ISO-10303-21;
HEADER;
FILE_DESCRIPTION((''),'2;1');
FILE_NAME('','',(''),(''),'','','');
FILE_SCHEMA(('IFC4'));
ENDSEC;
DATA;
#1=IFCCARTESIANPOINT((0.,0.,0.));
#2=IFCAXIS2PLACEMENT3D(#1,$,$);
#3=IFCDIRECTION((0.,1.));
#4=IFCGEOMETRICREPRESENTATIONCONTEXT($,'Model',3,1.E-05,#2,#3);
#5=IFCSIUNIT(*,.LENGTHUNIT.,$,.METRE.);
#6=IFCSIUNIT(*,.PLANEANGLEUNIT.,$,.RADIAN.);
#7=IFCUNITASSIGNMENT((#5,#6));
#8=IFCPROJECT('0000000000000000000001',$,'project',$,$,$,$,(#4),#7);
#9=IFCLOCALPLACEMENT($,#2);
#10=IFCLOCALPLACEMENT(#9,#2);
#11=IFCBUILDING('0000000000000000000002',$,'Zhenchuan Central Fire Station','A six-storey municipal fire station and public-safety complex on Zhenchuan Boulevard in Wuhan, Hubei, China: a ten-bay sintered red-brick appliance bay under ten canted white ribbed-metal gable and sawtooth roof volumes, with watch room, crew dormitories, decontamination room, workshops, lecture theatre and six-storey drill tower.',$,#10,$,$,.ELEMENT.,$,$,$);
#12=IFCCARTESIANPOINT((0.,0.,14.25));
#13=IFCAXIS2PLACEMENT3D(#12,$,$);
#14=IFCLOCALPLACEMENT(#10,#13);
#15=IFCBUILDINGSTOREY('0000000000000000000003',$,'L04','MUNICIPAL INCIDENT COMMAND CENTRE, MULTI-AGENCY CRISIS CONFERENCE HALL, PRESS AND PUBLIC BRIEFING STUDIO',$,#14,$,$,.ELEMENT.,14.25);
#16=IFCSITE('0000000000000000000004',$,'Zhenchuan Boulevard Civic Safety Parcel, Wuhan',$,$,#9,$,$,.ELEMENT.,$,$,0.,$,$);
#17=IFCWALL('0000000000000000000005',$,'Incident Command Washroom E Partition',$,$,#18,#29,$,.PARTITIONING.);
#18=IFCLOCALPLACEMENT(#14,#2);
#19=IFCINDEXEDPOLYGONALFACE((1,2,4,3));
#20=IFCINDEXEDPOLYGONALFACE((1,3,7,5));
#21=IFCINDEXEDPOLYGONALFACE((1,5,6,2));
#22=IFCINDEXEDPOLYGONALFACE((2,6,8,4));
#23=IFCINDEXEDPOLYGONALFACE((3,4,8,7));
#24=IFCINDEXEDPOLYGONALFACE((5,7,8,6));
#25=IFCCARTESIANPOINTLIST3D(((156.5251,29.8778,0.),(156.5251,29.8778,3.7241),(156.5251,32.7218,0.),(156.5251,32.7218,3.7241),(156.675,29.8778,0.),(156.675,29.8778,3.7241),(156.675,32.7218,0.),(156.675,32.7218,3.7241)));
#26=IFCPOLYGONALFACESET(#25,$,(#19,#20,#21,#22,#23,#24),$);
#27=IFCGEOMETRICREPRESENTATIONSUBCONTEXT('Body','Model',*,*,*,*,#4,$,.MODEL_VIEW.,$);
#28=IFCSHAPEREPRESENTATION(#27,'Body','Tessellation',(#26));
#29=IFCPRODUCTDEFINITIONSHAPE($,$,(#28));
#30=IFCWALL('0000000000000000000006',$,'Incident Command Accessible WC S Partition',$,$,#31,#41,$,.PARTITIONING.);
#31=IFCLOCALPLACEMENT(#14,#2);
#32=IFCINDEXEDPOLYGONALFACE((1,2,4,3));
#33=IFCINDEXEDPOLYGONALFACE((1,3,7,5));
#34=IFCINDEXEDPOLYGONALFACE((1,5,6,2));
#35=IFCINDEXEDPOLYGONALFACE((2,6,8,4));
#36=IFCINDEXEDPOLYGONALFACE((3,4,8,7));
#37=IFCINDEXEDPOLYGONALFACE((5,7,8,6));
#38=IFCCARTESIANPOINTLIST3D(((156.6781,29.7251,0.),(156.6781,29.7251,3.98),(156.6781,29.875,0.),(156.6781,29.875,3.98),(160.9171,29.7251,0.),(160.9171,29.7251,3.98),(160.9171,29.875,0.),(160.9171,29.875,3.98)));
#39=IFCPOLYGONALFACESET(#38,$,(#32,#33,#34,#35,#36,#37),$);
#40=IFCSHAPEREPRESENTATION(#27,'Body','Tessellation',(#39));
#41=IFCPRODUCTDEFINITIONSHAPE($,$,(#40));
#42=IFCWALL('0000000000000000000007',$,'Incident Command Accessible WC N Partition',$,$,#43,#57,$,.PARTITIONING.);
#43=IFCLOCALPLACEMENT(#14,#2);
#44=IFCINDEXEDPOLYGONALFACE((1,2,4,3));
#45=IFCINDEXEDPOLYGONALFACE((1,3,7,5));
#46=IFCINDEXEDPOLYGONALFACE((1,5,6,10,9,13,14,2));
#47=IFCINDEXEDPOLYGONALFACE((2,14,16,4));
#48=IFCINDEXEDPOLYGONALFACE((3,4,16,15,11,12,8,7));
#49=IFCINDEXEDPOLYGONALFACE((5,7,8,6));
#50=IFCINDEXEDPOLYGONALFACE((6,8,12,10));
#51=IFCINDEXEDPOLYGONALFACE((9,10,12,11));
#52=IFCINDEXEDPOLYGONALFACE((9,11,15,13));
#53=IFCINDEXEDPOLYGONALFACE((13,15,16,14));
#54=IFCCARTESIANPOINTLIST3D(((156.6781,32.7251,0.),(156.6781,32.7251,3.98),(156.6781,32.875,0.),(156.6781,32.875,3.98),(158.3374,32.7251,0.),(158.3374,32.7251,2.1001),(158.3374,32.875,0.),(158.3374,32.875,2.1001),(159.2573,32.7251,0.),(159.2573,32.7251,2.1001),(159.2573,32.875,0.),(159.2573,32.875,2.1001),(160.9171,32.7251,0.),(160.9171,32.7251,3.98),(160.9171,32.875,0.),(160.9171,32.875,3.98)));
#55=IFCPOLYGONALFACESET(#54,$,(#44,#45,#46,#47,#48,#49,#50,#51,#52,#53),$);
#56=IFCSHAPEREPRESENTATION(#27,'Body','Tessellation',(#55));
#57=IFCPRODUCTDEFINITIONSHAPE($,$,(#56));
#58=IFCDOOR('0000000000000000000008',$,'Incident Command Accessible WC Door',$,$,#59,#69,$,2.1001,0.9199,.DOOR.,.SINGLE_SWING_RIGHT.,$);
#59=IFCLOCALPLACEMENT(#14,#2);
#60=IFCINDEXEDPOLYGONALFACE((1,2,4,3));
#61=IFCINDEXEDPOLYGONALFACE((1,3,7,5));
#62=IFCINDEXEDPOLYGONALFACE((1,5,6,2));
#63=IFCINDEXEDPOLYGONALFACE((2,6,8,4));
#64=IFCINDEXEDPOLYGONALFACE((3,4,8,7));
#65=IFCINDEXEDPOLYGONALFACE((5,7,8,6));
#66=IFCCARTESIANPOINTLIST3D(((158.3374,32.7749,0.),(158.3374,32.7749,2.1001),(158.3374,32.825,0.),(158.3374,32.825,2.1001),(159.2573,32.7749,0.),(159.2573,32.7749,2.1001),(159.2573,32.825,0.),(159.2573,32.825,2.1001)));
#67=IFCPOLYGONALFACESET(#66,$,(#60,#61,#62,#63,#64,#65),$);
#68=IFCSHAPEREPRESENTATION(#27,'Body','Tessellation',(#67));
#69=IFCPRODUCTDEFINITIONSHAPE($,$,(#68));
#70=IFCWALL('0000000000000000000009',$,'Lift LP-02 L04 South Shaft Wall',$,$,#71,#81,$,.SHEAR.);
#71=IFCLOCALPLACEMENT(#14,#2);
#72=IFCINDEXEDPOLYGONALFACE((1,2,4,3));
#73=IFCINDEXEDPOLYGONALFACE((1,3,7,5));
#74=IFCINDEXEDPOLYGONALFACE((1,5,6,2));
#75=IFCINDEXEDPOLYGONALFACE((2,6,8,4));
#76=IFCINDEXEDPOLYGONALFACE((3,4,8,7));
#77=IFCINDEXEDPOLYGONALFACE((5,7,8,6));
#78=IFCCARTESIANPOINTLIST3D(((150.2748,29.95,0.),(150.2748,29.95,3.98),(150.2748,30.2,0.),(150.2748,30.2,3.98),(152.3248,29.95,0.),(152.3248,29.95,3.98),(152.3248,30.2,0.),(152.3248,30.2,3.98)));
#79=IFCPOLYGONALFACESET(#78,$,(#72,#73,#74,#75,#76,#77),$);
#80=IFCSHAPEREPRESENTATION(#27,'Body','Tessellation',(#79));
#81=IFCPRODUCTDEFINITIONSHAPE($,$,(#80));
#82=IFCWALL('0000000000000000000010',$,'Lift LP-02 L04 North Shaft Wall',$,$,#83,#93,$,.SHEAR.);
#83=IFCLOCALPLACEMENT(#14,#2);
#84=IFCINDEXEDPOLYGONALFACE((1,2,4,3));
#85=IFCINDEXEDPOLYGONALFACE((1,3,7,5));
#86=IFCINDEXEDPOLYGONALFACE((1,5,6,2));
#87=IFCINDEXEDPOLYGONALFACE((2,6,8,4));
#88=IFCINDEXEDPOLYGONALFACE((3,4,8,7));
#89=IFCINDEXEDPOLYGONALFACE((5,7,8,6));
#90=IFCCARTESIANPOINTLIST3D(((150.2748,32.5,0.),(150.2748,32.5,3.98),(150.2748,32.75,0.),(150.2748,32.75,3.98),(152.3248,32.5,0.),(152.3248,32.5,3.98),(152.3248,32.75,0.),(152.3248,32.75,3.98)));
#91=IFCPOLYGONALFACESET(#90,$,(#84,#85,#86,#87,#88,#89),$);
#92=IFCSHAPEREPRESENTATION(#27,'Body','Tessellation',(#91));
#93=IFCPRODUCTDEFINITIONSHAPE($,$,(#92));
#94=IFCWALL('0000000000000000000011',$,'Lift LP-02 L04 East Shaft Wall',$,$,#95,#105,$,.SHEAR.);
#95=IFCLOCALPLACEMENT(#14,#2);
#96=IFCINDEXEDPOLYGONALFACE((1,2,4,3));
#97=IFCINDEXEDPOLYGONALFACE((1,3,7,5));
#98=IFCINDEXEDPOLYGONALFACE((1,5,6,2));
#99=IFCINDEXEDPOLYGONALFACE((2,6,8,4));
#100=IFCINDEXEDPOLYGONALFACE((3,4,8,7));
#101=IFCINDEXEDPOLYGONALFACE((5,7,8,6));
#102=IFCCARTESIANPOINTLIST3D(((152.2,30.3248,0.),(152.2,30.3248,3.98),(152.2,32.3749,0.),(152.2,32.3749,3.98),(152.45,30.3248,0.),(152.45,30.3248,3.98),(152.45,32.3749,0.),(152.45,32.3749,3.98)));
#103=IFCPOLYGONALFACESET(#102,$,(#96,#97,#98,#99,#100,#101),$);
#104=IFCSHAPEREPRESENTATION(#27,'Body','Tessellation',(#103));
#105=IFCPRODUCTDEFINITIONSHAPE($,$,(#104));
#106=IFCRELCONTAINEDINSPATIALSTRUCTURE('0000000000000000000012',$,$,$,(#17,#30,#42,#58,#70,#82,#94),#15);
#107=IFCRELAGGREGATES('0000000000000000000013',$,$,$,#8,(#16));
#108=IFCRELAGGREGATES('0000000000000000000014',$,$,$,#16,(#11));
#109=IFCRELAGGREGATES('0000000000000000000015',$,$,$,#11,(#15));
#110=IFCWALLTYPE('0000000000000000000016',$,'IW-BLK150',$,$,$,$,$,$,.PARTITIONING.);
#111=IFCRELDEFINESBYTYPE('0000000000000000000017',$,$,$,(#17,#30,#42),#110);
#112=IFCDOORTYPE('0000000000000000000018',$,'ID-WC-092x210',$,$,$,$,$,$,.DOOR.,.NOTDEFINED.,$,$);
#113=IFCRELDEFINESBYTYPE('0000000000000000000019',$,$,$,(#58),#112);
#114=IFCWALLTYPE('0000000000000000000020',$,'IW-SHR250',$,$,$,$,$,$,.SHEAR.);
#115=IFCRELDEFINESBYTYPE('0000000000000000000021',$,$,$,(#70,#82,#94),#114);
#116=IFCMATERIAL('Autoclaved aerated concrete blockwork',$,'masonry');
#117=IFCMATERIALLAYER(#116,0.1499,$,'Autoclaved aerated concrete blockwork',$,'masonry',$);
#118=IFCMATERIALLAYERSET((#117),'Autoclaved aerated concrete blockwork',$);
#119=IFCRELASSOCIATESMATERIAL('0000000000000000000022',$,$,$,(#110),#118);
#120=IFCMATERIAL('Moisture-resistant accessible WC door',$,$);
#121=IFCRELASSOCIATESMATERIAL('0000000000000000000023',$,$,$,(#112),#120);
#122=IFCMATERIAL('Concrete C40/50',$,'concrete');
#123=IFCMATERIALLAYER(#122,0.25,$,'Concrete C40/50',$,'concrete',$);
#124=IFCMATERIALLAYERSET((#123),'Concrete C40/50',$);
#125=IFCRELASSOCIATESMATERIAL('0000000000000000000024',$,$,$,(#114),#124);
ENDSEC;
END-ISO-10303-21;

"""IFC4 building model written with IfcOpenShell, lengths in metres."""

from ifc_helpers import new_model, si_unit, direction, frame, frame_2d, origin, place, context, subcontext, project, spatial, rectangle, extrude, material, layer, layer_set, type_object, element, fill, save


model = new_model("IFC4")

# Units and contexts
model_context = context("Model", 3, precision=1e-05, world=origin(), true_north=direction((0.0, 1.0)))
body_context = subcontext(model_context, "Body", "Model", "MODEL_VIEW")
ifc_project = project(units=[si_unit("LENGTHUNIT", "METRE"), si_unit("PLANEANGLEUNIT", "RADIAN")], contexts=[model_context])

# Site, building, storey
site_placement = place(None, origin())
site = spatial("IfcSite", under=ifc_project, at=site_placement, Name="Zhenchuan Boulevard Civic Safety Parcel, Wuhan", CompositionType="ELEMENT", RefElevation=0.0)
building_placement = place(site_placement, origin())
building = spatial("IfcBuilding", under=site, at=building_placement, Name="Zhenchuan Central Fire Station", Description="A six-storey municipal fire station and public-safety complex on Zhenchuan Boulevard in Wuhan, Hubei, China: a ten-bay sintered red-brick appliance bay under ten canted white ribbed-metal gable and sawtooth roof volumes, with watch room, crew dormitories, decontamination room, workshops, lecture theatre and six-storey drill tower.", CompositionType="ELEMENT")
storey_placement = place(building_placement, frame((0.0, 0.0, 14.25)))
storey = spatial("IfcBuildingStorey", under=building, at=storey_placement, Name="L04", Description="MUNICIPAL INCIDENT COMMAND CENTRE, MULTI-AGENCY CRISIS CONFERENCE HALL, PRESS AND PUBLIC BRIEFING STUDIO", CompositionType="ELEMENT", Elevation=14.25)

# Shared definitions
ifc_material_1 = material(Name="Autoclaved aerated concrete blockwork", Category="masonry")
ifc_layer_1 = layer(ifc_material_1, 0.1499, Name="Autoclaved aerated concrete blockwork", Category="masonry")
ifc_layer_set_1 = layer_set([ifc_layer_1], Name="Autoclaved aerated concrete blockwork")
wall_type_1 = type_object("IfcWallType", Name="IW-BLK150", PredefinedType="PARTITIONING", material=ifc_layer_set_1)

# Walls
wall_1_placement = place(storey_placement, frame((156.6001, 29.8779, 0.0), z_axis=(0.0, 0.0, 1.0), x_axis=(0.0, 1.0, 0.0)))
element("IfcWall", 1, at=wall_1_placement, inside=storey, type_object=wall_type_1, Name="Incident Command Washroom E Partition", PredefinedType="PARTITIONING", context=body_context, shape_type="SweptSolid", body=[
    extrude(rectangle(XDim=2.844, YDim=0.1499, at=frame_2d((1.4219, 0.0))), origin(), (0.0, 0.0, 1.0), 3.7241),
])
wall_2_placement = place(storey_placement, frame((156.678, 29.8, 0.0), z_axis=(0.0, 0.0, 1.0), x_axis=(1.0, 0.0, 0.0)))
element("IfcWall", 2, at=wall_2_placement, inside=storey, type_object=wall_type_1, Name="Incident Command Accessible WC S Partition", PredefinedType="PARTITIONING", context=body_context, shape_type="SweptSolid", body=[
    extrude(rectangle(XDim=4.239, YDim=0.1499, at=frame_2d((2.1196, 0.0))), origin(), (0.0, 0.0, 1.0), 3.98),
])

# Wall, opening, door
wall_3_placement = place(storey_placement, frame((156.678, 32.8, 0.0), z_axis=(0.0, 0.0, 1.0), x_axis=(1.0, 0.0, 0.0)))
wall_3 = element("IfcWall", 3, at=wall_3_placement, inside=storey, type_object=wall_type_1, Name="Incident Command Accessible WC N Partition", PredefinedType="PARTITIONING", context=body_context, shape_type="SweptSolid", body=[
    extrude(rectangle(XDim=4.239, YDim=0.1499, at=frame_2d((2.1196, 0.0))), origin(), (0.0, 0.0, 1.0), 3.98),
])
opening_1_placement = place(wall_3_placement, frame((1.6594, 0.0, 0.0)))
opening_1 = element("IfcOpeningElement", 4, at=opening_1_placement, cuts=wall_3, PredefinedType="OPENING", context=body_context, shape_type="SweptSolid", body=[
    extrude(rectangle(XDim=0.9199, YDim=2.1001, at=frame_2d((0.46, 1.05))), frame((0.0, 0.085, 0.0), z_axis=(0.0, -1.0, 0.0), x_axis=(1.0, 0.0, 0.0)), (0.0, 0.0, 1.0), 0.1699),
])
ifc_material_2 = material(Name="Moisture-resistant accessible WC door")
door_type_1 = type_object("IfcDoorType", Name="ID-WC-092x210", OperationType="NOTDEFINED", PredefinedType="DOOR", material=ifc_material_2)
door_1_placement = place(opening_1_placement, origin())
door_1 = element("IfcDoor", 5, at=door_1_placement, inside=storey, type_object=door_type_1, Name="Incident Command Accessible WC Door", OperationType="SINGLE_SWING_RIGHT", OverallHeight=2.1001, OverallWidth=0.9199, PredefinedType="DOOR", context=body_context, shape_type="SweptSolid", body=[
    extrude(rectangle(XDim=0.9199, YDim=2.1001, at=frame_2d((0.46, 1.05))), frame((0.0, 0.0249, 0.0), z_axis=(0.0, -1.0, 0.0), x_axis=(1.0, 0.0, 0.0)), (0.0, 0.0, 1.0), 0.05),
])
fill(opening_1, door_1)

# Walls
ifc_material_3 = material(Name="Concrete C40/50", Category="concrete")
ifc_layer_2 = layer(ifc_material_3, 0.25, Name="Concrete C40/50", Category="concrete")
ifc_layer_set_2 = layer_set([ifc_layer_2], Name="Concrete C40/50")
wall_type_2 = type_object("IfcWallType", Name="IW-SHR250", PredefinedType="SHEAR", material=ifc_layer_set_2)
for number, where, z_axis, x_axis, name in (
    (6, (150.2749, 30.075, 0.0), (0.0, 0.0, 1.0), (1.0, 0.0, 0.0), "Lift LP-02 L04 South Shaft Wall"),
    (7, (150.2749, 32.625, 0.0), (0.0, 0.0, 1.0), (1.0, 0.0, 0.0), "Lift LP-02 L04 North Shaft Wall"),
):
    element("IfcWall", number, at=place(storey_placement, frame(where, z_axis=z_axis, x_axis=x_axis)), inside=storey, type_object=wall_type_2, Name=name, PredefinedType="SHEAR", context=body_context, shape_type="SweptSolid", body=[
        extrude(rectangle(XDim=2.05, YDim=0.25, at=frame_2d((1.0249, 0.0))), origin(), (0.0, 0.0, 1.0), 3.98),
    ])

# Wall
wall_4_placement = place(storey_placement, frame((152.325, 30.325, 0.0), z_axis=(0.0, 0.0, 1.0), x_axis=(0.0, 1.0, 0.0)))
element("IfcWall", 8, at=wall_4_placement, inside=storey, type_object=wall_type_2, Name="Lift LP-02 L04 East Shaft Wall", PredefinedType="SHEAR", context=body_context, shape_type="SweptSolid", body=[
    extrude(rectangle(XDim=2.05, YDim=0.25, at=frame_2d((1.0249, 0.0))), origin(), (0.0, 0.0, 1.0), 3.98),
])

save(model, "model.ifc")
